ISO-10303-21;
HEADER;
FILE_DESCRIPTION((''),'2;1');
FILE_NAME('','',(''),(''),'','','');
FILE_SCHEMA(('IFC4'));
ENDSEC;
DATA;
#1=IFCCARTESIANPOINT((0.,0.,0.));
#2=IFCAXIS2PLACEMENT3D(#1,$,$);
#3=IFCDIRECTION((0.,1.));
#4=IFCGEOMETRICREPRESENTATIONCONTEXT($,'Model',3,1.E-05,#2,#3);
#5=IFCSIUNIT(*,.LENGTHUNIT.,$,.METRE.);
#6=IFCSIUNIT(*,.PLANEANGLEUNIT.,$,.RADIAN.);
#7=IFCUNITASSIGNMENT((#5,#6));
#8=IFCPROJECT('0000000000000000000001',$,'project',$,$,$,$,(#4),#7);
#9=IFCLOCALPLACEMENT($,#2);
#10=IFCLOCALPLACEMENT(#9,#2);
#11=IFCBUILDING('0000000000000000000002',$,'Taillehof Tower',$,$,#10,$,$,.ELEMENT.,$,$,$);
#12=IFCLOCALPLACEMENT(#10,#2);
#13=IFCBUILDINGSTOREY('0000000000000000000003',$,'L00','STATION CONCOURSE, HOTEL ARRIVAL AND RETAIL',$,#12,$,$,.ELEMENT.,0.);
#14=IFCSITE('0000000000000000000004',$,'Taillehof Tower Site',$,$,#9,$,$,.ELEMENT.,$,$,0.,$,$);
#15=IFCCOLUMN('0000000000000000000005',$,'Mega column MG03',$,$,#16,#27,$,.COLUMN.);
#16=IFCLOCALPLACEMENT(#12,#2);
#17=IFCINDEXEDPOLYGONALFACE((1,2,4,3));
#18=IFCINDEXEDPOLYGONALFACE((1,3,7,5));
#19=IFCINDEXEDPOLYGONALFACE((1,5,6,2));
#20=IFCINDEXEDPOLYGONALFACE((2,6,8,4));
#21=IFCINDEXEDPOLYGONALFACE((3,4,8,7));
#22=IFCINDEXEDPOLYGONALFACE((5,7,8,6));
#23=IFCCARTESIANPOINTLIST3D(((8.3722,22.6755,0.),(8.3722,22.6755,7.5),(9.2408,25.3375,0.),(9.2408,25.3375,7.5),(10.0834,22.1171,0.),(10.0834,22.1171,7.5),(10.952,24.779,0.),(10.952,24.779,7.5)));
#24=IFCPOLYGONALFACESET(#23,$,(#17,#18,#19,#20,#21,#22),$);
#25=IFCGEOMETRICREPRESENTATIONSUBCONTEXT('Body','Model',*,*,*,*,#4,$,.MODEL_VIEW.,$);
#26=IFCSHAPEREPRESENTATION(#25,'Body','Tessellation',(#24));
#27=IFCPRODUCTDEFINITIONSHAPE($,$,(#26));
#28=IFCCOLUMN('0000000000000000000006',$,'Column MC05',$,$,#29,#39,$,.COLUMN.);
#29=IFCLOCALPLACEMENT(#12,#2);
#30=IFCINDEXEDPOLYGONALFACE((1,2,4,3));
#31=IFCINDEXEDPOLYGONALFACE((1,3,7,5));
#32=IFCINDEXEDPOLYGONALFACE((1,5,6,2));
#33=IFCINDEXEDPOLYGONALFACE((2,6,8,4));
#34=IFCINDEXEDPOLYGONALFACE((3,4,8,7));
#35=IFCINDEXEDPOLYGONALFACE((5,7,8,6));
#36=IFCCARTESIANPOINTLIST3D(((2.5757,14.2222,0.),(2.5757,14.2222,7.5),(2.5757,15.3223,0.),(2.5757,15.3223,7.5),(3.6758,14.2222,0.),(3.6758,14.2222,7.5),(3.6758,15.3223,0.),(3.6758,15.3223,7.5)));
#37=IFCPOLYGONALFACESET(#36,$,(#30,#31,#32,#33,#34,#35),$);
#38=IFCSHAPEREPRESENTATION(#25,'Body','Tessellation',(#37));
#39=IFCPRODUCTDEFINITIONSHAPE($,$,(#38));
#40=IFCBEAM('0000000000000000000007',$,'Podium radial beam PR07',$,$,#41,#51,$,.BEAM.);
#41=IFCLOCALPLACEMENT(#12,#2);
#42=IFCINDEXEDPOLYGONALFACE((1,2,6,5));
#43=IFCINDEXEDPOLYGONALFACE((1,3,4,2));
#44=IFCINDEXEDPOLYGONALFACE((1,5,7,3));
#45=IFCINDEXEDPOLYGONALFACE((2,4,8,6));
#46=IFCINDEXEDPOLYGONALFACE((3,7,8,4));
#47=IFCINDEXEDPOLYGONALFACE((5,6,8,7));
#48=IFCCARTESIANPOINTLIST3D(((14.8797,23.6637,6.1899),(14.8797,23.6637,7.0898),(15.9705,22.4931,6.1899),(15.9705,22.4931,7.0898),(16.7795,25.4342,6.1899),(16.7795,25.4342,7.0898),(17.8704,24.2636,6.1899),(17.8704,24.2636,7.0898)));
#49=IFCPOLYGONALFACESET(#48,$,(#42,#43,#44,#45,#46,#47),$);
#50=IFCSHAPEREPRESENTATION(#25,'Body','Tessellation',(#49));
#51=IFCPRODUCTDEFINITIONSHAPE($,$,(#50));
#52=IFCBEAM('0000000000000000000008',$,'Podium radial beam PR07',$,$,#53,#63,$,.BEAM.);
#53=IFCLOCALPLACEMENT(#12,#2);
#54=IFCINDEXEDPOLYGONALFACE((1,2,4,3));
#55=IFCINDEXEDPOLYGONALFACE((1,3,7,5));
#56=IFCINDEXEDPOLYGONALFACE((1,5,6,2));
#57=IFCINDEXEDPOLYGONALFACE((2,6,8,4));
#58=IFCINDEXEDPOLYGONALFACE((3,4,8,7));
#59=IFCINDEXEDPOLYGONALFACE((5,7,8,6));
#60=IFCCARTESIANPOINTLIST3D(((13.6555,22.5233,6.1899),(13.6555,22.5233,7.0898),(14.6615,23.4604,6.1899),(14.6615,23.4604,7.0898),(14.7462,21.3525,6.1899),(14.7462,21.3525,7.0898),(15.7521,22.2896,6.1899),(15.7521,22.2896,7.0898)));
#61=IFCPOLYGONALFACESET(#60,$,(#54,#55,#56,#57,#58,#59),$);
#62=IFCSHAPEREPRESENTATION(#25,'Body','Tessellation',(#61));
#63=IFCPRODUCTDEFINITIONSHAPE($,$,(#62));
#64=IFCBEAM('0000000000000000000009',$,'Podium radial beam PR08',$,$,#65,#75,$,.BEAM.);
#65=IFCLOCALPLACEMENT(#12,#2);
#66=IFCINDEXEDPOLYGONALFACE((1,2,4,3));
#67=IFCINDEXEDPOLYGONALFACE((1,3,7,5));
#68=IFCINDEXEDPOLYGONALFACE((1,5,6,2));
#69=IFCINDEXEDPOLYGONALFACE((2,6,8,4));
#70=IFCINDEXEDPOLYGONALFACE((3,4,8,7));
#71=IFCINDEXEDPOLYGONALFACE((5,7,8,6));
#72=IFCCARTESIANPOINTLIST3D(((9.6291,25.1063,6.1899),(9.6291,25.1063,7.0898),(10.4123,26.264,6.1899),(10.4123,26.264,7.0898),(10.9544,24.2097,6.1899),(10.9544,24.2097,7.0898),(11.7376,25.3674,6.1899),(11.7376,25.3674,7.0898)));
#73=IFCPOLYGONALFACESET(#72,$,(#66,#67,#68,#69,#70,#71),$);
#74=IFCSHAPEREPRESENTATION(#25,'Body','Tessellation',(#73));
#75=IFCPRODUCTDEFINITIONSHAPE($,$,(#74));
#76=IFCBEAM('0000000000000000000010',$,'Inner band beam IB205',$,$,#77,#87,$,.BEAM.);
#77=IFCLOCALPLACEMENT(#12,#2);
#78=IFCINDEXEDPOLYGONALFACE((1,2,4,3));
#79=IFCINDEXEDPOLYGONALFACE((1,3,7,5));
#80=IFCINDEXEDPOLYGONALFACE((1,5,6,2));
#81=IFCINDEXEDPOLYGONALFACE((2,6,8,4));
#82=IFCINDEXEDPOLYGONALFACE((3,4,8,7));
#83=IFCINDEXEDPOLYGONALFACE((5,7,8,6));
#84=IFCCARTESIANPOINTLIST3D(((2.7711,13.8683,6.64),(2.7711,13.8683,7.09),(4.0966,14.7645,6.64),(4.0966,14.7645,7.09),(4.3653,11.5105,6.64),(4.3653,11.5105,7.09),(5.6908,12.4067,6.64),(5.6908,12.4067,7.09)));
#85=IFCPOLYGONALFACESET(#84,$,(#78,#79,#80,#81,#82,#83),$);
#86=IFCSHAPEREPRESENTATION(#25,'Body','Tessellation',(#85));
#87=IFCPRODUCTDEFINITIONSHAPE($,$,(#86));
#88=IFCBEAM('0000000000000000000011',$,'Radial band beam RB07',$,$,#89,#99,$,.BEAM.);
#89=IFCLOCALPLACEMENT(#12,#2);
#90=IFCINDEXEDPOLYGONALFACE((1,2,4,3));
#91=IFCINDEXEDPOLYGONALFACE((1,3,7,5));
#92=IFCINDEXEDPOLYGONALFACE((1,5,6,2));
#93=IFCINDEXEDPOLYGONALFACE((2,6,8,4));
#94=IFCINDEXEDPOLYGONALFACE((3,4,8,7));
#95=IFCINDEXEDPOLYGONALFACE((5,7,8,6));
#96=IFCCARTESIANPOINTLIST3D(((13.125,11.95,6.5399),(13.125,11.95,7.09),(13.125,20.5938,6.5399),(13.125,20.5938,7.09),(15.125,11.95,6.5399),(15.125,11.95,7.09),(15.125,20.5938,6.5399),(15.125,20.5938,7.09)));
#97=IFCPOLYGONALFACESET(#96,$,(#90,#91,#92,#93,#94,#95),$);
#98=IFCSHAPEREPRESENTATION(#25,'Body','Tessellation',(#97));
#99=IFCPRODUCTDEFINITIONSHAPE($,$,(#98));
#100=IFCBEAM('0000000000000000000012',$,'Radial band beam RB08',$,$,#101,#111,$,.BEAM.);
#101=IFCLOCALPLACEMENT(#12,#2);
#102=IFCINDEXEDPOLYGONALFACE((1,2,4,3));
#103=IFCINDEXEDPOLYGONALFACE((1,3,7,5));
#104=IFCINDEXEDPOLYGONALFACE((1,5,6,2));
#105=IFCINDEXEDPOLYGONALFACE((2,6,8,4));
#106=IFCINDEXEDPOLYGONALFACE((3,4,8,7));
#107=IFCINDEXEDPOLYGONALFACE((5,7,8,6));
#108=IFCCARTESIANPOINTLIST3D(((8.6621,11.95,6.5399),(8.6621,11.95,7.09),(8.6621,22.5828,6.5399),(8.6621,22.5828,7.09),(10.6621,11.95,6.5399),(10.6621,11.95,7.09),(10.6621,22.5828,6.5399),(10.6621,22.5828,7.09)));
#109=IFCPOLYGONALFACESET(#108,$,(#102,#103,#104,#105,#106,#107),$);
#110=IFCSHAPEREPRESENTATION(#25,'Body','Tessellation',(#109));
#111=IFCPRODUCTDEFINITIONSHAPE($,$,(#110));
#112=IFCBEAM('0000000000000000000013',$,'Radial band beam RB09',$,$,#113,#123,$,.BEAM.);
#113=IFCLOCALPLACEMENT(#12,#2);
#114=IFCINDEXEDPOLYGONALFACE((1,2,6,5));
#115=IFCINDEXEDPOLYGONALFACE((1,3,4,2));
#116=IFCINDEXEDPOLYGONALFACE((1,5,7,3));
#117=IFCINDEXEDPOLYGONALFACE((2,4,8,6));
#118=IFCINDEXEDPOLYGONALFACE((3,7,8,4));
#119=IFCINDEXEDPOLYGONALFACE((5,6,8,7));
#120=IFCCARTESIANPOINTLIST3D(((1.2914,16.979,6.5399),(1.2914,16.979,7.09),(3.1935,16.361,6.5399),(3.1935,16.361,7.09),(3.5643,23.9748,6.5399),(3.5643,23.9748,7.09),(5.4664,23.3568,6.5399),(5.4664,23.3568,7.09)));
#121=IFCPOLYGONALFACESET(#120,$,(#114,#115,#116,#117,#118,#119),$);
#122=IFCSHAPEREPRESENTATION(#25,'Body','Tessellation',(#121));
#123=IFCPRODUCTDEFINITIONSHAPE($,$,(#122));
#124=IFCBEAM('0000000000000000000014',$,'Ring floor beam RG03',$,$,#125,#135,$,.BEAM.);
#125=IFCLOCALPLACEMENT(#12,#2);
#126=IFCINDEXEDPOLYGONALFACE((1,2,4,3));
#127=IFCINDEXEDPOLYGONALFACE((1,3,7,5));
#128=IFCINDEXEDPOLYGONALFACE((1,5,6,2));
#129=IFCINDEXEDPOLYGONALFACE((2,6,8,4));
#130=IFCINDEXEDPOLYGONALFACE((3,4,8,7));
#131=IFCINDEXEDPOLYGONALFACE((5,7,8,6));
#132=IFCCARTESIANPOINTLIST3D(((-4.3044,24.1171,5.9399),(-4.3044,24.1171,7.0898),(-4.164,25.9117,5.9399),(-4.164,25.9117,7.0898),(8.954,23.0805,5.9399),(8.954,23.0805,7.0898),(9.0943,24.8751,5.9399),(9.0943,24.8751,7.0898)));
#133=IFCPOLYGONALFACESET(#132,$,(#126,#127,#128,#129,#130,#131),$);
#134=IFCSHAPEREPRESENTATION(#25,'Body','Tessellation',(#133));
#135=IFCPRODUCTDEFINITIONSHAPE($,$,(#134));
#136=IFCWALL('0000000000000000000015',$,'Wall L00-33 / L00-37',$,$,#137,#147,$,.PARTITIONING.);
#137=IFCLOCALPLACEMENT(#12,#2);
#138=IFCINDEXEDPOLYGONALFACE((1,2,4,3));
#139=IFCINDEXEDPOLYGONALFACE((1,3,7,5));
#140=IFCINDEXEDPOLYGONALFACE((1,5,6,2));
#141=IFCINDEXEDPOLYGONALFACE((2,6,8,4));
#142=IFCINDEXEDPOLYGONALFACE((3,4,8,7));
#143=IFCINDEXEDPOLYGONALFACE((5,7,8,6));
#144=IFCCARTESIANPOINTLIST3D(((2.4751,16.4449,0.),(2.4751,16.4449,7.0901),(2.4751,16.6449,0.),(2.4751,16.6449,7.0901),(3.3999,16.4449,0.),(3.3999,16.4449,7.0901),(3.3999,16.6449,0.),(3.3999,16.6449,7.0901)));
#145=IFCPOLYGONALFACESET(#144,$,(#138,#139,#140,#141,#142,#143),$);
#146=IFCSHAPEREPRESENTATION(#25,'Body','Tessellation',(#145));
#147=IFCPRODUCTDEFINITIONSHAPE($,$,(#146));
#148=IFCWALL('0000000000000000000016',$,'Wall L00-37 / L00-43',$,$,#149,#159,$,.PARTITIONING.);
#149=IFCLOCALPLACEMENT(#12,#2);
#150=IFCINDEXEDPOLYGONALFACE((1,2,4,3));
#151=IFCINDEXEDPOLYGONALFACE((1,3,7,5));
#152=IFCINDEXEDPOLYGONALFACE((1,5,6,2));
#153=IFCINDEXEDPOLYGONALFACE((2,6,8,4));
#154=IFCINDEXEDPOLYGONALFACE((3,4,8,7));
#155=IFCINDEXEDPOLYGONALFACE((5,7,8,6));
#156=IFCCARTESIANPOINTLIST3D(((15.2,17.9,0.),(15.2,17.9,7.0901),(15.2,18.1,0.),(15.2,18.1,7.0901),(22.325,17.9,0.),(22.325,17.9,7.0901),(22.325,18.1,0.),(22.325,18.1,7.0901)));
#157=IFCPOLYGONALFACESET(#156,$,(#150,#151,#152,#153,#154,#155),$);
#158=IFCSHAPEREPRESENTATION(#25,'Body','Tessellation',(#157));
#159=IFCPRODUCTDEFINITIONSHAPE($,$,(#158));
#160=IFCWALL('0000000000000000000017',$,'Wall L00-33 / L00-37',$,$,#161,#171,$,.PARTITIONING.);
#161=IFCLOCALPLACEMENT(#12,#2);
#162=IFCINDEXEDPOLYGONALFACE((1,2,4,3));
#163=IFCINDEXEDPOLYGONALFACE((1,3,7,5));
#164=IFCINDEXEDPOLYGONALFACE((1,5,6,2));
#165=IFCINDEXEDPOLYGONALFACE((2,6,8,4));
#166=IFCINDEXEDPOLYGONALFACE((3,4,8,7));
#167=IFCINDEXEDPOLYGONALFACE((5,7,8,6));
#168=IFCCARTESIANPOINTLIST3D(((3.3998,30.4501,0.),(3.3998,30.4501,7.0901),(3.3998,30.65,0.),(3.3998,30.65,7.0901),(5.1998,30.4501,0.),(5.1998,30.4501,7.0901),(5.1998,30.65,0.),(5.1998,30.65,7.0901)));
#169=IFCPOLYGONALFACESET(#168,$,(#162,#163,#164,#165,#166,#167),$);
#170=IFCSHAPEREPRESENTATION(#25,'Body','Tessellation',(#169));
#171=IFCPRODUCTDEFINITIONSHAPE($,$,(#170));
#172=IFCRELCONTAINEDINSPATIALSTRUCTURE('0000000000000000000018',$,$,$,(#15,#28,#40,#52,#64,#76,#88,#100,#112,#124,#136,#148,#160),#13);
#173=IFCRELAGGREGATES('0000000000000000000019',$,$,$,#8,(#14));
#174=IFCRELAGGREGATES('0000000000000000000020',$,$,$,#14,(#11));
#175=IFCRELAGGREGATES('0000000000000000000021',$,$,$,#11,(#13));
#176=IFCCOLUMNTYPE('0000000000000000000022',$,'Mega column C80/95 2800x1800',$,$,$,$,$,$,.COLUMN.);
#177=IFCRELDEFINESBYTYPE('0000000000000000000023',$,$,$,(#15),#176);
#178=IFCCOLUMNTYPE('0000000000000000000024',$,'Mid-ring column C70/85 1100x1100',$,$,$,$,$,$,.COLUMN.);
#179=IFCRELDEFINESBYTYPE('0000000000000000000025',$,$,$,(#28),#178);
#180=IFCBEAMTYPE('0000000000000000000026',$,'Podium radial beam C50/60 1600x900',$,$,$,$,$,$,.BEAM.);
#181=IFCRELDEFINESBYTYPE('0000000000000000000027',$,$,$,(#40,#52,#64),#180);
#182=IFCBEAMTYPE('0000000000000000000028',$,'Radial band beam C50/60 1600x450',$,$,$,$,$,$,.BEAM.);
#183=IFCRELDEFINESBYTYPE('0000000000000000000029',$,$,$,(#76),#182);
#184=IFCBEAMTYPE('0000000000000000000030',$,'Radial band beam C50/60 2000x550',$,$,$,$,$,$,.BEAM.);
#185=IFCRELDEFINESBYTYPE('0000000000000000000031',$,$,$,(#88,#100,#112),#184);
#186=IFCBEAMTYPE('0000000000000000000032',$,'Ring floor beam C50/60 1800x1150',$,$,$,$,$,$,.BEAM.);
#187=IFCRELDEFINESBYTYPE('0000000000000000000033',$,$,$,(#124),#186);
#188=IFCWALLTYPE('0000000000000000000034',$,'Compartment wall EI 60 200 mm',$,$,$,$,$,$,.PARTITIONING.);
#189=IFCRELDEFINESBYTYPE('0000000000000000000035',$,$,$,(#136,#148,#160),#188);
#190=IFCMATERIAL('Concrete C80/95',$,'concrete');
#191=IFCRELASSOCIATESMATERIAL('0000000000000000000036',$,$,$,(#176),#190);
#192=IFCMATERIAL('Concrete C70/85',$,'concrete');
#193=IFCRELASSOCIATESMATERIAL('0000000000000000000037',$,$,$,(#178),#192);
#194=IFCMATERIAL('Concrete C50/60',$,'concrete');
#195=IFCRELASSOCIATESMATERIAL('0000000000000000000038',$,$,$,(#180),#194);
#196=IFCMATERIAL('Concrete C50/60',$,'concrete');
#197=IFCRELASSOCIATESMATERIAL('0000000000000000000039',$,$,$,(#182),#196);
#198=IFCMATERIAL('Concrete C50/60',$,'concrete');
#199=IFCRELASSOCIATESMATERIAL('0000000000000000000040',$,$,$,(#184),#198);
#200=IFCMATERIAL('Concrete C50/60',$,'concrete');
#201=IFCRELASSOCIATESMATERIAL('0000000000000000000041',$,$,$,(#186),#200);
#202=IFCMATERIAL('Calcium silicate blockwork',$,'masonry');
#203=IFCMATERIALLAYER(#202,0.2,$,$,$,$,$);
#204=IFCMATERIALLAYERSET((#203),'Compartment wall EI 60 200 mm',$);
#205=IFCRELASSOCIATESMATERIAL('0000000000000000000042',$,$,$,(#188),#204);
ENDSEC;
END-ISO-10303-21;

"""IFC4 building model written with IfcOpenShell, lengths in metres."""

from ifc_helpers import new_model, si_unit, direction, frame, frame_2d, origin, origin_2d, place, context, subcontext, project, spatial, rectangle, extrude, material, layer, layer_set, material_profile, profile_set, type_object, element, save


model = new_model("IFC4")

# Units and contexts
model_context = context("Model", 3, precision=1e-05, world=origin(), true_north=direction((0.0, 1.0)))
body_context = subcontext(model_context, "Body", "Model", "MODEL_VIEW")
ifc_project = project(units=[si_unit("LENGTHUNIT", "METRE"), si_unit("PLANEANGLEUNIT", "RADIAN")], contexts=[model_context])

# Site, building, storey
site_placement = place(None, origin())
site = spatial("IfcSite", under=ifc_project, at=site_placement, Name="Taillehof Tower Site", CompositionType="ELEMENT", RefElevation=0.0)
building_placement = place(site_placement, origin())
building = spatial("IfcBuilding", under=site, at=building_placement, Name="Taillehof Tower", CompositionType="ELEMENT")
storey_placement = place(building_placement, origin())
storey = spatial("IfcBuildingStorey", under=building, at=storey_placement, Name="L00", Description="STATION CONCOURSE, HOTEL ARRIVAL AND RETAIL", CompositionType="ELEMENT", Elevation=0.0)

# Columns
ifc_material_1 = material(Name="Concrete C80/95", Category="concrete")
ifc_material_profile_1 = material_profile(ifc_material_1, rectangle(XDim=2.8, YDim=1.8, at=origin_2d()), Name="RC 2800x1800")
ifc_profile_set_1 = profile_set([ifc_material_profile_1], Name="Concrete C80/95")
column_type_1 = type_object("IfcColumnType", Name="Mega column C80/95 2800x1800", PredefinedType="COLUMN", material=ifc_profile_set_1)
column_1_placement = place(storey_placement, frame((9.6621, 23.7273, 0.0), z_axis=(0.0, 0.0, 1.0), x_axis=(0.310219, 0.950665, 0.0)))
element("IfcColumn", 1, at=column_1_placement, inside=storey, type_object=column_type_1, Name="Mega column MG03", PredefinedType="COLUMN", context=body_context, shape_type="SweptSolid", body=[
    extrude(rectangle(XDim=2.8, YDim=1.8, at=origin_2d()), origin(), (0.0, 0.0, 1.0), 7.5),
])
ifc_material_2 = material(Name="Concrete C70/85", Category="concrete")
ifc_material_profile_2 = material_profile(ifc_material_2, rectangle(XDim=1.1001, YDim=1.1001, at=origin_2d()), Name="RC 1100x1100")
ifc_profile_set_2 = profile_set([ifc_material_profile_2], Name="Concrete C70/85")
column_type_2 = type_object("IfcColumnType", Name="Mid-ring column C70/85 1100x1100", PredefinedType="COLUMN", material=ifc_profile_set_2)
column_2_placement = place(storey_placement, frame((3.1257, 14.7722, 0.0), z_axis=(0.0, 0.0, 1.0), x_axis=(1.0, 0.0, 0.0)))
element("IfcColumn", 2, at=column_2_placement, inside=storey, type_object=column_type_2, Name="Column MC05", PredefinedType="COLUMN", context=body_context, shape_type="SweptSolid", body=[
    extrude(rectangle(XDim=1.1001, YDim=1.1001, at=origin_2d()), origin(), (0.0, 0.0, 1.0), 7.5),
])

# Beams
ifc_material_3 = material(Name="Concrete C50/60", Category="concrete")
ifc_material_profile_3 = material_profile(ifc_material_3, rectangle(XDim=1.6001, YDim=0.8999, at=origin_2d()), Name="RC 1600x900")
ifc_profile_set_3 = profile_set([ifc_material_profile_3], Name="Concrete C50/60")
beam_type_1 = type_object("IfcBeamType", Name="Podium radial beam C50/60 1600x900", PredefinedType="BEAM", material=ifc_profile_set_3)
beam_1_placement = place(storey_placement, frame((17.325, 24.8489, 6.6399), z_axis=(-0.73158, -0.681755, 0.0), x_axis=(0.681755, -0.73158, 0.0)))
element("IfcBeam", 3, at=beam_1_placement, inside=storey, type_object=beam_type_1, Name="Podium radial beam PR07", PredefinedType="BEAM", context=body_context, shape_type="SweptSolid", body=[
    extrude(rectangle(XDim=1.6001, YDim=0.8999, at=origin_2d()), origin(), (0.0, 0.0, 1.0), 2.5969),
])
beam_2_placement = place(storey_placement, frame((15.2068, 22.875, 6.6399), z_axis=(-0.731705, -0.681622, 0.0), x_axis=(0.681622, -0.731705, 0.0)))
element("IfcBeam", 4, at=beam_2_placement, inside=storey, type_object=beam_type_1, Name="Podium radial beam PR07", PredefinedType="BEAM", context=body_context, shape_type="SweptSolid", body=[
    extrude(rectangle(XDim=1.6001, YDim=0.8999, at=origin_2d()), origin(), (0.0, 0.0, 1.0), 1.3748),
])
beam_3_placement = place(storey_placement, frame((11.075, 25.8157, 6.6399), z_axis=(-0.560331, -0.828269, 0.0), x_axis=(0.828269, -0.560331, 0.0)))
element("IfcBeam", 5, at=beam_3_placement, inside=storey, type_object=beam_type_1, Name="Podium radial beam PR08", PredefinedType="BEAM", context=body_context, shape_type="SweptSolid", body=[
    extrude(rectangle(XDim=1.6001, YDim=0.8999, at=origin_2d()), origin(), (0.0, 0.0, 1.0), 1.3977),
])
ifc_material_4 = material(Name="Concrete C50/60", Category="concrete")
ifc_material_profile_4 = material_profile(ifc_material_4, rectangle(XDim=1.6001, YDim=0.45, at=origin_2d()), Name="RC 1600x450")
ifc_profile_set_4 = profile_set([ifc_material_profile_4], Name="Concrete C50/60")
beam_type_2 = type_object("IfcBeamType", Name="Radial band beam C50/60 1600x450", PredefinedType="BEAM", material=ifc_profile_set_4)
beam_4_placement = place(storey_placement, frame((3.4338, 14.3164, 6.865), z_axis=(0.560112, -0.828417, 0.0), x_axis=(0.828417, 0.560112, 0.0)))
element("IfcBeam", 6, at=beam_4_placement, inside=storey, type_object=beam_type_2, Name="Inner band beam IB205", PredefinedType="BEAM", context=body_context, shape_type="SweptSolid", body=[
    extrude(rectangle(XDim=1.6001, YDim=0.45, at=origin_2d()), origin(), (0.0, 0.0, 1.0), 2.8462),
])
ifc_material_5 = material(Name="Concrete C50/60", Category="concrete")
ifc_material_profile_5 = material_profile(ifc_material_5, rectangle(XDim=2.0, YDim=0.55, at=origin_2d()), Name="RC 2000x550")
ifc_profile_set_5 = profile_set([ifc_material_profile_5], Name="Concrete C50/60")
beam_type_3 = type_object("IfcBeamType", Name="Radial band beam C50/60 2000x550", PredefinedType="BEAM", material=ifc_profile_set_5)
beam_5_placement = place(storey_placement, frame((14.125, 20.5938, 6.8149), z_axis=(0.0, -1.0, 0.0), x_axis=(1.0, 0.0, 0.0)))
element("IfcBeam", 7, at=beam_5_placement, inside=storey, type_object=beam_type_3, Name="Radial band beam RB07", PredefinedType="BEAM", context=body_context, shape_type="SweptSolid", body=[
    extrude(rectangle(XDim=2.0, YDim=0.55, at=origin_2d()), origin(), (0.0, 0.0, 1.0), 8.6438),
])
beam_6_placement = place(storey_placement, frame((9.6621, 22.5828, 6.8149), z_axis=(0.0, -1.0, 0.0), x_axis=(1.0, 0.0, 0.0)))
element("IfcBeam", 8, at=beam_6_placement, inside=storey, type_object=beam_type_3, Name="Radial band beam RB08", PredefinedType="BEAM", context=body_context, shape_type="SweptSolid", body=[
    extrude(rectangle(XDim=2.0, YDim=0.55, at=origin_2d()), origin(), (0.0, 0.0, 1.0), 10.6328),
])
beam_7_placement = place(storey_placement, frame((4.5154, 23.6658, 6.8149), z_axis=(-0.309, -0.951062, 0.0), x_axis=(0.951062, -0.309, 0.0)))
element("IfcBeam", 9, at=beam_7_placement, inside=storey, type_object=beam_type_3, Name="Radial band beam RB09", PredefinedType="BEAM", context=body_context, shape_type="SweptSolid", body=[
    extrude(rectangle(XDim=2.0, YDim=0.55, at=origin_2d()), origin(), (0.0, 0.0, 1.0), 7.3557),
])
ifc_material_6 = material(Name="Concrete C50/60", Category="concrete")
ifc_material_profile_6 = material_profile(ifc_material_6, rectangle(XDim=1.8, YDim=1.1499, at=origin_2d()), Name="RC 1800x1150")
ifc_profile_set_6 = profile_set([ifc_material_profile_6], Name="Concrete C50/60")
beam_type_4 = type_object("IfcBeamType", Name="Ring floor beam C50/60 1800x1150", PredefinedType="BEAM", material=ifc_profile_set_6)
beam_8_placement = place(storey_placement, frame((9.0242, 23.9778, 6.5149), z_axis=(-0.996957, 0.077949, 0.0), x_axis=(-0.077949, -0.996957, 0.0)))
element("IfcBeam", 10, at=beam_8_placement, inside=storey, type_object=beam_type_4, Name="Ring floor beam RG03", PredefinedType="BEAM", context=body_context, shape_type="SweptSolid", body=[
    extrude(rectangle(XDim=1.8, YDim=1.1499, at=origin_2d()), origin(), (0.0, 0.0, 1.0), 13.2988),
])

# Walls
ifc_material_7 = material(Name="Calcium silicate blockwork", Category="masonry")
ifc_layer_1 = layer(ifc_material_7, 0.2)
ifc_layer_set_1 = layer_set([ifc_layer_1], Name="Compartment wall EI 60 200 mm")
wall_type_1 = type_object("IfcWallType", Name="Compartment wall EI 60 200 mm", PredefinedType="PARTITIONING", material=ifc_layer_set_1)
wall_1_placement = place(storey_placement, frame((2.4751, 16.5449, 0.0), z_axis=(0.0, 0.0, 1.0), x_axis=(1.0, 0.0, 0.0)))
element("IfcWall", 11, at=wall_1_placement, inside=storey, type_object=wall_type_1, Name="Wall L00-33 / L00-37", PredefinedType="PARTITIONING", context=body_context, shape_type="SweptSolid", body=[
    extrude(rectangle(XDim=0.9248, YDim=0.2, at=frame_2d((0.4624, 0.0))), origin(), (0.0, 0.0, 1.0), 7.0901),
])
wall_2_placement = place(storey_placement, frame((15.2, 18.0, 0.0), z_axis=(0.0, 0.0, 1.0), x_axis=(1.0, 0.0, 0.0)))
element("IfcWall", 12, at=wall_2_placement, inside=storey, type_object=wall_type_1, Name="Wall L00-37 / L00-43", PredefinedType="PARTITIONING", context=body_context, shape_type="SweptSolid", body=[
    extrude(rectangle(XDim=7.125, YDim=0.2, at=frame_2d((3.5625, 0.0))), origin(), (0.0, 0.0, 1.0), 7.0901),
])
wall_3_placement = place(storey_placement, frame((3.3999, 30.55, 0.0), z_axis=(0.0, 0.0, 1.0), x_axis=(1.0, 0.0, 0.0)))
element("IfcWall", 13, at=wall_3_placement, inside=storey, type_object=wall_type_1, Name="Wall L00-33 / L00-37", PredefinedType="PARTITIONING", context=body_context, shape_type="SweptSolid", body=[
    extrude(rectangle(XDim=1.8, YDim=0.2, at=frame_2d((0.8999, 0.0))), origin(), (0.0, 0.0, 1.0), 7.0901),
])

save(model, "model.ifc")
